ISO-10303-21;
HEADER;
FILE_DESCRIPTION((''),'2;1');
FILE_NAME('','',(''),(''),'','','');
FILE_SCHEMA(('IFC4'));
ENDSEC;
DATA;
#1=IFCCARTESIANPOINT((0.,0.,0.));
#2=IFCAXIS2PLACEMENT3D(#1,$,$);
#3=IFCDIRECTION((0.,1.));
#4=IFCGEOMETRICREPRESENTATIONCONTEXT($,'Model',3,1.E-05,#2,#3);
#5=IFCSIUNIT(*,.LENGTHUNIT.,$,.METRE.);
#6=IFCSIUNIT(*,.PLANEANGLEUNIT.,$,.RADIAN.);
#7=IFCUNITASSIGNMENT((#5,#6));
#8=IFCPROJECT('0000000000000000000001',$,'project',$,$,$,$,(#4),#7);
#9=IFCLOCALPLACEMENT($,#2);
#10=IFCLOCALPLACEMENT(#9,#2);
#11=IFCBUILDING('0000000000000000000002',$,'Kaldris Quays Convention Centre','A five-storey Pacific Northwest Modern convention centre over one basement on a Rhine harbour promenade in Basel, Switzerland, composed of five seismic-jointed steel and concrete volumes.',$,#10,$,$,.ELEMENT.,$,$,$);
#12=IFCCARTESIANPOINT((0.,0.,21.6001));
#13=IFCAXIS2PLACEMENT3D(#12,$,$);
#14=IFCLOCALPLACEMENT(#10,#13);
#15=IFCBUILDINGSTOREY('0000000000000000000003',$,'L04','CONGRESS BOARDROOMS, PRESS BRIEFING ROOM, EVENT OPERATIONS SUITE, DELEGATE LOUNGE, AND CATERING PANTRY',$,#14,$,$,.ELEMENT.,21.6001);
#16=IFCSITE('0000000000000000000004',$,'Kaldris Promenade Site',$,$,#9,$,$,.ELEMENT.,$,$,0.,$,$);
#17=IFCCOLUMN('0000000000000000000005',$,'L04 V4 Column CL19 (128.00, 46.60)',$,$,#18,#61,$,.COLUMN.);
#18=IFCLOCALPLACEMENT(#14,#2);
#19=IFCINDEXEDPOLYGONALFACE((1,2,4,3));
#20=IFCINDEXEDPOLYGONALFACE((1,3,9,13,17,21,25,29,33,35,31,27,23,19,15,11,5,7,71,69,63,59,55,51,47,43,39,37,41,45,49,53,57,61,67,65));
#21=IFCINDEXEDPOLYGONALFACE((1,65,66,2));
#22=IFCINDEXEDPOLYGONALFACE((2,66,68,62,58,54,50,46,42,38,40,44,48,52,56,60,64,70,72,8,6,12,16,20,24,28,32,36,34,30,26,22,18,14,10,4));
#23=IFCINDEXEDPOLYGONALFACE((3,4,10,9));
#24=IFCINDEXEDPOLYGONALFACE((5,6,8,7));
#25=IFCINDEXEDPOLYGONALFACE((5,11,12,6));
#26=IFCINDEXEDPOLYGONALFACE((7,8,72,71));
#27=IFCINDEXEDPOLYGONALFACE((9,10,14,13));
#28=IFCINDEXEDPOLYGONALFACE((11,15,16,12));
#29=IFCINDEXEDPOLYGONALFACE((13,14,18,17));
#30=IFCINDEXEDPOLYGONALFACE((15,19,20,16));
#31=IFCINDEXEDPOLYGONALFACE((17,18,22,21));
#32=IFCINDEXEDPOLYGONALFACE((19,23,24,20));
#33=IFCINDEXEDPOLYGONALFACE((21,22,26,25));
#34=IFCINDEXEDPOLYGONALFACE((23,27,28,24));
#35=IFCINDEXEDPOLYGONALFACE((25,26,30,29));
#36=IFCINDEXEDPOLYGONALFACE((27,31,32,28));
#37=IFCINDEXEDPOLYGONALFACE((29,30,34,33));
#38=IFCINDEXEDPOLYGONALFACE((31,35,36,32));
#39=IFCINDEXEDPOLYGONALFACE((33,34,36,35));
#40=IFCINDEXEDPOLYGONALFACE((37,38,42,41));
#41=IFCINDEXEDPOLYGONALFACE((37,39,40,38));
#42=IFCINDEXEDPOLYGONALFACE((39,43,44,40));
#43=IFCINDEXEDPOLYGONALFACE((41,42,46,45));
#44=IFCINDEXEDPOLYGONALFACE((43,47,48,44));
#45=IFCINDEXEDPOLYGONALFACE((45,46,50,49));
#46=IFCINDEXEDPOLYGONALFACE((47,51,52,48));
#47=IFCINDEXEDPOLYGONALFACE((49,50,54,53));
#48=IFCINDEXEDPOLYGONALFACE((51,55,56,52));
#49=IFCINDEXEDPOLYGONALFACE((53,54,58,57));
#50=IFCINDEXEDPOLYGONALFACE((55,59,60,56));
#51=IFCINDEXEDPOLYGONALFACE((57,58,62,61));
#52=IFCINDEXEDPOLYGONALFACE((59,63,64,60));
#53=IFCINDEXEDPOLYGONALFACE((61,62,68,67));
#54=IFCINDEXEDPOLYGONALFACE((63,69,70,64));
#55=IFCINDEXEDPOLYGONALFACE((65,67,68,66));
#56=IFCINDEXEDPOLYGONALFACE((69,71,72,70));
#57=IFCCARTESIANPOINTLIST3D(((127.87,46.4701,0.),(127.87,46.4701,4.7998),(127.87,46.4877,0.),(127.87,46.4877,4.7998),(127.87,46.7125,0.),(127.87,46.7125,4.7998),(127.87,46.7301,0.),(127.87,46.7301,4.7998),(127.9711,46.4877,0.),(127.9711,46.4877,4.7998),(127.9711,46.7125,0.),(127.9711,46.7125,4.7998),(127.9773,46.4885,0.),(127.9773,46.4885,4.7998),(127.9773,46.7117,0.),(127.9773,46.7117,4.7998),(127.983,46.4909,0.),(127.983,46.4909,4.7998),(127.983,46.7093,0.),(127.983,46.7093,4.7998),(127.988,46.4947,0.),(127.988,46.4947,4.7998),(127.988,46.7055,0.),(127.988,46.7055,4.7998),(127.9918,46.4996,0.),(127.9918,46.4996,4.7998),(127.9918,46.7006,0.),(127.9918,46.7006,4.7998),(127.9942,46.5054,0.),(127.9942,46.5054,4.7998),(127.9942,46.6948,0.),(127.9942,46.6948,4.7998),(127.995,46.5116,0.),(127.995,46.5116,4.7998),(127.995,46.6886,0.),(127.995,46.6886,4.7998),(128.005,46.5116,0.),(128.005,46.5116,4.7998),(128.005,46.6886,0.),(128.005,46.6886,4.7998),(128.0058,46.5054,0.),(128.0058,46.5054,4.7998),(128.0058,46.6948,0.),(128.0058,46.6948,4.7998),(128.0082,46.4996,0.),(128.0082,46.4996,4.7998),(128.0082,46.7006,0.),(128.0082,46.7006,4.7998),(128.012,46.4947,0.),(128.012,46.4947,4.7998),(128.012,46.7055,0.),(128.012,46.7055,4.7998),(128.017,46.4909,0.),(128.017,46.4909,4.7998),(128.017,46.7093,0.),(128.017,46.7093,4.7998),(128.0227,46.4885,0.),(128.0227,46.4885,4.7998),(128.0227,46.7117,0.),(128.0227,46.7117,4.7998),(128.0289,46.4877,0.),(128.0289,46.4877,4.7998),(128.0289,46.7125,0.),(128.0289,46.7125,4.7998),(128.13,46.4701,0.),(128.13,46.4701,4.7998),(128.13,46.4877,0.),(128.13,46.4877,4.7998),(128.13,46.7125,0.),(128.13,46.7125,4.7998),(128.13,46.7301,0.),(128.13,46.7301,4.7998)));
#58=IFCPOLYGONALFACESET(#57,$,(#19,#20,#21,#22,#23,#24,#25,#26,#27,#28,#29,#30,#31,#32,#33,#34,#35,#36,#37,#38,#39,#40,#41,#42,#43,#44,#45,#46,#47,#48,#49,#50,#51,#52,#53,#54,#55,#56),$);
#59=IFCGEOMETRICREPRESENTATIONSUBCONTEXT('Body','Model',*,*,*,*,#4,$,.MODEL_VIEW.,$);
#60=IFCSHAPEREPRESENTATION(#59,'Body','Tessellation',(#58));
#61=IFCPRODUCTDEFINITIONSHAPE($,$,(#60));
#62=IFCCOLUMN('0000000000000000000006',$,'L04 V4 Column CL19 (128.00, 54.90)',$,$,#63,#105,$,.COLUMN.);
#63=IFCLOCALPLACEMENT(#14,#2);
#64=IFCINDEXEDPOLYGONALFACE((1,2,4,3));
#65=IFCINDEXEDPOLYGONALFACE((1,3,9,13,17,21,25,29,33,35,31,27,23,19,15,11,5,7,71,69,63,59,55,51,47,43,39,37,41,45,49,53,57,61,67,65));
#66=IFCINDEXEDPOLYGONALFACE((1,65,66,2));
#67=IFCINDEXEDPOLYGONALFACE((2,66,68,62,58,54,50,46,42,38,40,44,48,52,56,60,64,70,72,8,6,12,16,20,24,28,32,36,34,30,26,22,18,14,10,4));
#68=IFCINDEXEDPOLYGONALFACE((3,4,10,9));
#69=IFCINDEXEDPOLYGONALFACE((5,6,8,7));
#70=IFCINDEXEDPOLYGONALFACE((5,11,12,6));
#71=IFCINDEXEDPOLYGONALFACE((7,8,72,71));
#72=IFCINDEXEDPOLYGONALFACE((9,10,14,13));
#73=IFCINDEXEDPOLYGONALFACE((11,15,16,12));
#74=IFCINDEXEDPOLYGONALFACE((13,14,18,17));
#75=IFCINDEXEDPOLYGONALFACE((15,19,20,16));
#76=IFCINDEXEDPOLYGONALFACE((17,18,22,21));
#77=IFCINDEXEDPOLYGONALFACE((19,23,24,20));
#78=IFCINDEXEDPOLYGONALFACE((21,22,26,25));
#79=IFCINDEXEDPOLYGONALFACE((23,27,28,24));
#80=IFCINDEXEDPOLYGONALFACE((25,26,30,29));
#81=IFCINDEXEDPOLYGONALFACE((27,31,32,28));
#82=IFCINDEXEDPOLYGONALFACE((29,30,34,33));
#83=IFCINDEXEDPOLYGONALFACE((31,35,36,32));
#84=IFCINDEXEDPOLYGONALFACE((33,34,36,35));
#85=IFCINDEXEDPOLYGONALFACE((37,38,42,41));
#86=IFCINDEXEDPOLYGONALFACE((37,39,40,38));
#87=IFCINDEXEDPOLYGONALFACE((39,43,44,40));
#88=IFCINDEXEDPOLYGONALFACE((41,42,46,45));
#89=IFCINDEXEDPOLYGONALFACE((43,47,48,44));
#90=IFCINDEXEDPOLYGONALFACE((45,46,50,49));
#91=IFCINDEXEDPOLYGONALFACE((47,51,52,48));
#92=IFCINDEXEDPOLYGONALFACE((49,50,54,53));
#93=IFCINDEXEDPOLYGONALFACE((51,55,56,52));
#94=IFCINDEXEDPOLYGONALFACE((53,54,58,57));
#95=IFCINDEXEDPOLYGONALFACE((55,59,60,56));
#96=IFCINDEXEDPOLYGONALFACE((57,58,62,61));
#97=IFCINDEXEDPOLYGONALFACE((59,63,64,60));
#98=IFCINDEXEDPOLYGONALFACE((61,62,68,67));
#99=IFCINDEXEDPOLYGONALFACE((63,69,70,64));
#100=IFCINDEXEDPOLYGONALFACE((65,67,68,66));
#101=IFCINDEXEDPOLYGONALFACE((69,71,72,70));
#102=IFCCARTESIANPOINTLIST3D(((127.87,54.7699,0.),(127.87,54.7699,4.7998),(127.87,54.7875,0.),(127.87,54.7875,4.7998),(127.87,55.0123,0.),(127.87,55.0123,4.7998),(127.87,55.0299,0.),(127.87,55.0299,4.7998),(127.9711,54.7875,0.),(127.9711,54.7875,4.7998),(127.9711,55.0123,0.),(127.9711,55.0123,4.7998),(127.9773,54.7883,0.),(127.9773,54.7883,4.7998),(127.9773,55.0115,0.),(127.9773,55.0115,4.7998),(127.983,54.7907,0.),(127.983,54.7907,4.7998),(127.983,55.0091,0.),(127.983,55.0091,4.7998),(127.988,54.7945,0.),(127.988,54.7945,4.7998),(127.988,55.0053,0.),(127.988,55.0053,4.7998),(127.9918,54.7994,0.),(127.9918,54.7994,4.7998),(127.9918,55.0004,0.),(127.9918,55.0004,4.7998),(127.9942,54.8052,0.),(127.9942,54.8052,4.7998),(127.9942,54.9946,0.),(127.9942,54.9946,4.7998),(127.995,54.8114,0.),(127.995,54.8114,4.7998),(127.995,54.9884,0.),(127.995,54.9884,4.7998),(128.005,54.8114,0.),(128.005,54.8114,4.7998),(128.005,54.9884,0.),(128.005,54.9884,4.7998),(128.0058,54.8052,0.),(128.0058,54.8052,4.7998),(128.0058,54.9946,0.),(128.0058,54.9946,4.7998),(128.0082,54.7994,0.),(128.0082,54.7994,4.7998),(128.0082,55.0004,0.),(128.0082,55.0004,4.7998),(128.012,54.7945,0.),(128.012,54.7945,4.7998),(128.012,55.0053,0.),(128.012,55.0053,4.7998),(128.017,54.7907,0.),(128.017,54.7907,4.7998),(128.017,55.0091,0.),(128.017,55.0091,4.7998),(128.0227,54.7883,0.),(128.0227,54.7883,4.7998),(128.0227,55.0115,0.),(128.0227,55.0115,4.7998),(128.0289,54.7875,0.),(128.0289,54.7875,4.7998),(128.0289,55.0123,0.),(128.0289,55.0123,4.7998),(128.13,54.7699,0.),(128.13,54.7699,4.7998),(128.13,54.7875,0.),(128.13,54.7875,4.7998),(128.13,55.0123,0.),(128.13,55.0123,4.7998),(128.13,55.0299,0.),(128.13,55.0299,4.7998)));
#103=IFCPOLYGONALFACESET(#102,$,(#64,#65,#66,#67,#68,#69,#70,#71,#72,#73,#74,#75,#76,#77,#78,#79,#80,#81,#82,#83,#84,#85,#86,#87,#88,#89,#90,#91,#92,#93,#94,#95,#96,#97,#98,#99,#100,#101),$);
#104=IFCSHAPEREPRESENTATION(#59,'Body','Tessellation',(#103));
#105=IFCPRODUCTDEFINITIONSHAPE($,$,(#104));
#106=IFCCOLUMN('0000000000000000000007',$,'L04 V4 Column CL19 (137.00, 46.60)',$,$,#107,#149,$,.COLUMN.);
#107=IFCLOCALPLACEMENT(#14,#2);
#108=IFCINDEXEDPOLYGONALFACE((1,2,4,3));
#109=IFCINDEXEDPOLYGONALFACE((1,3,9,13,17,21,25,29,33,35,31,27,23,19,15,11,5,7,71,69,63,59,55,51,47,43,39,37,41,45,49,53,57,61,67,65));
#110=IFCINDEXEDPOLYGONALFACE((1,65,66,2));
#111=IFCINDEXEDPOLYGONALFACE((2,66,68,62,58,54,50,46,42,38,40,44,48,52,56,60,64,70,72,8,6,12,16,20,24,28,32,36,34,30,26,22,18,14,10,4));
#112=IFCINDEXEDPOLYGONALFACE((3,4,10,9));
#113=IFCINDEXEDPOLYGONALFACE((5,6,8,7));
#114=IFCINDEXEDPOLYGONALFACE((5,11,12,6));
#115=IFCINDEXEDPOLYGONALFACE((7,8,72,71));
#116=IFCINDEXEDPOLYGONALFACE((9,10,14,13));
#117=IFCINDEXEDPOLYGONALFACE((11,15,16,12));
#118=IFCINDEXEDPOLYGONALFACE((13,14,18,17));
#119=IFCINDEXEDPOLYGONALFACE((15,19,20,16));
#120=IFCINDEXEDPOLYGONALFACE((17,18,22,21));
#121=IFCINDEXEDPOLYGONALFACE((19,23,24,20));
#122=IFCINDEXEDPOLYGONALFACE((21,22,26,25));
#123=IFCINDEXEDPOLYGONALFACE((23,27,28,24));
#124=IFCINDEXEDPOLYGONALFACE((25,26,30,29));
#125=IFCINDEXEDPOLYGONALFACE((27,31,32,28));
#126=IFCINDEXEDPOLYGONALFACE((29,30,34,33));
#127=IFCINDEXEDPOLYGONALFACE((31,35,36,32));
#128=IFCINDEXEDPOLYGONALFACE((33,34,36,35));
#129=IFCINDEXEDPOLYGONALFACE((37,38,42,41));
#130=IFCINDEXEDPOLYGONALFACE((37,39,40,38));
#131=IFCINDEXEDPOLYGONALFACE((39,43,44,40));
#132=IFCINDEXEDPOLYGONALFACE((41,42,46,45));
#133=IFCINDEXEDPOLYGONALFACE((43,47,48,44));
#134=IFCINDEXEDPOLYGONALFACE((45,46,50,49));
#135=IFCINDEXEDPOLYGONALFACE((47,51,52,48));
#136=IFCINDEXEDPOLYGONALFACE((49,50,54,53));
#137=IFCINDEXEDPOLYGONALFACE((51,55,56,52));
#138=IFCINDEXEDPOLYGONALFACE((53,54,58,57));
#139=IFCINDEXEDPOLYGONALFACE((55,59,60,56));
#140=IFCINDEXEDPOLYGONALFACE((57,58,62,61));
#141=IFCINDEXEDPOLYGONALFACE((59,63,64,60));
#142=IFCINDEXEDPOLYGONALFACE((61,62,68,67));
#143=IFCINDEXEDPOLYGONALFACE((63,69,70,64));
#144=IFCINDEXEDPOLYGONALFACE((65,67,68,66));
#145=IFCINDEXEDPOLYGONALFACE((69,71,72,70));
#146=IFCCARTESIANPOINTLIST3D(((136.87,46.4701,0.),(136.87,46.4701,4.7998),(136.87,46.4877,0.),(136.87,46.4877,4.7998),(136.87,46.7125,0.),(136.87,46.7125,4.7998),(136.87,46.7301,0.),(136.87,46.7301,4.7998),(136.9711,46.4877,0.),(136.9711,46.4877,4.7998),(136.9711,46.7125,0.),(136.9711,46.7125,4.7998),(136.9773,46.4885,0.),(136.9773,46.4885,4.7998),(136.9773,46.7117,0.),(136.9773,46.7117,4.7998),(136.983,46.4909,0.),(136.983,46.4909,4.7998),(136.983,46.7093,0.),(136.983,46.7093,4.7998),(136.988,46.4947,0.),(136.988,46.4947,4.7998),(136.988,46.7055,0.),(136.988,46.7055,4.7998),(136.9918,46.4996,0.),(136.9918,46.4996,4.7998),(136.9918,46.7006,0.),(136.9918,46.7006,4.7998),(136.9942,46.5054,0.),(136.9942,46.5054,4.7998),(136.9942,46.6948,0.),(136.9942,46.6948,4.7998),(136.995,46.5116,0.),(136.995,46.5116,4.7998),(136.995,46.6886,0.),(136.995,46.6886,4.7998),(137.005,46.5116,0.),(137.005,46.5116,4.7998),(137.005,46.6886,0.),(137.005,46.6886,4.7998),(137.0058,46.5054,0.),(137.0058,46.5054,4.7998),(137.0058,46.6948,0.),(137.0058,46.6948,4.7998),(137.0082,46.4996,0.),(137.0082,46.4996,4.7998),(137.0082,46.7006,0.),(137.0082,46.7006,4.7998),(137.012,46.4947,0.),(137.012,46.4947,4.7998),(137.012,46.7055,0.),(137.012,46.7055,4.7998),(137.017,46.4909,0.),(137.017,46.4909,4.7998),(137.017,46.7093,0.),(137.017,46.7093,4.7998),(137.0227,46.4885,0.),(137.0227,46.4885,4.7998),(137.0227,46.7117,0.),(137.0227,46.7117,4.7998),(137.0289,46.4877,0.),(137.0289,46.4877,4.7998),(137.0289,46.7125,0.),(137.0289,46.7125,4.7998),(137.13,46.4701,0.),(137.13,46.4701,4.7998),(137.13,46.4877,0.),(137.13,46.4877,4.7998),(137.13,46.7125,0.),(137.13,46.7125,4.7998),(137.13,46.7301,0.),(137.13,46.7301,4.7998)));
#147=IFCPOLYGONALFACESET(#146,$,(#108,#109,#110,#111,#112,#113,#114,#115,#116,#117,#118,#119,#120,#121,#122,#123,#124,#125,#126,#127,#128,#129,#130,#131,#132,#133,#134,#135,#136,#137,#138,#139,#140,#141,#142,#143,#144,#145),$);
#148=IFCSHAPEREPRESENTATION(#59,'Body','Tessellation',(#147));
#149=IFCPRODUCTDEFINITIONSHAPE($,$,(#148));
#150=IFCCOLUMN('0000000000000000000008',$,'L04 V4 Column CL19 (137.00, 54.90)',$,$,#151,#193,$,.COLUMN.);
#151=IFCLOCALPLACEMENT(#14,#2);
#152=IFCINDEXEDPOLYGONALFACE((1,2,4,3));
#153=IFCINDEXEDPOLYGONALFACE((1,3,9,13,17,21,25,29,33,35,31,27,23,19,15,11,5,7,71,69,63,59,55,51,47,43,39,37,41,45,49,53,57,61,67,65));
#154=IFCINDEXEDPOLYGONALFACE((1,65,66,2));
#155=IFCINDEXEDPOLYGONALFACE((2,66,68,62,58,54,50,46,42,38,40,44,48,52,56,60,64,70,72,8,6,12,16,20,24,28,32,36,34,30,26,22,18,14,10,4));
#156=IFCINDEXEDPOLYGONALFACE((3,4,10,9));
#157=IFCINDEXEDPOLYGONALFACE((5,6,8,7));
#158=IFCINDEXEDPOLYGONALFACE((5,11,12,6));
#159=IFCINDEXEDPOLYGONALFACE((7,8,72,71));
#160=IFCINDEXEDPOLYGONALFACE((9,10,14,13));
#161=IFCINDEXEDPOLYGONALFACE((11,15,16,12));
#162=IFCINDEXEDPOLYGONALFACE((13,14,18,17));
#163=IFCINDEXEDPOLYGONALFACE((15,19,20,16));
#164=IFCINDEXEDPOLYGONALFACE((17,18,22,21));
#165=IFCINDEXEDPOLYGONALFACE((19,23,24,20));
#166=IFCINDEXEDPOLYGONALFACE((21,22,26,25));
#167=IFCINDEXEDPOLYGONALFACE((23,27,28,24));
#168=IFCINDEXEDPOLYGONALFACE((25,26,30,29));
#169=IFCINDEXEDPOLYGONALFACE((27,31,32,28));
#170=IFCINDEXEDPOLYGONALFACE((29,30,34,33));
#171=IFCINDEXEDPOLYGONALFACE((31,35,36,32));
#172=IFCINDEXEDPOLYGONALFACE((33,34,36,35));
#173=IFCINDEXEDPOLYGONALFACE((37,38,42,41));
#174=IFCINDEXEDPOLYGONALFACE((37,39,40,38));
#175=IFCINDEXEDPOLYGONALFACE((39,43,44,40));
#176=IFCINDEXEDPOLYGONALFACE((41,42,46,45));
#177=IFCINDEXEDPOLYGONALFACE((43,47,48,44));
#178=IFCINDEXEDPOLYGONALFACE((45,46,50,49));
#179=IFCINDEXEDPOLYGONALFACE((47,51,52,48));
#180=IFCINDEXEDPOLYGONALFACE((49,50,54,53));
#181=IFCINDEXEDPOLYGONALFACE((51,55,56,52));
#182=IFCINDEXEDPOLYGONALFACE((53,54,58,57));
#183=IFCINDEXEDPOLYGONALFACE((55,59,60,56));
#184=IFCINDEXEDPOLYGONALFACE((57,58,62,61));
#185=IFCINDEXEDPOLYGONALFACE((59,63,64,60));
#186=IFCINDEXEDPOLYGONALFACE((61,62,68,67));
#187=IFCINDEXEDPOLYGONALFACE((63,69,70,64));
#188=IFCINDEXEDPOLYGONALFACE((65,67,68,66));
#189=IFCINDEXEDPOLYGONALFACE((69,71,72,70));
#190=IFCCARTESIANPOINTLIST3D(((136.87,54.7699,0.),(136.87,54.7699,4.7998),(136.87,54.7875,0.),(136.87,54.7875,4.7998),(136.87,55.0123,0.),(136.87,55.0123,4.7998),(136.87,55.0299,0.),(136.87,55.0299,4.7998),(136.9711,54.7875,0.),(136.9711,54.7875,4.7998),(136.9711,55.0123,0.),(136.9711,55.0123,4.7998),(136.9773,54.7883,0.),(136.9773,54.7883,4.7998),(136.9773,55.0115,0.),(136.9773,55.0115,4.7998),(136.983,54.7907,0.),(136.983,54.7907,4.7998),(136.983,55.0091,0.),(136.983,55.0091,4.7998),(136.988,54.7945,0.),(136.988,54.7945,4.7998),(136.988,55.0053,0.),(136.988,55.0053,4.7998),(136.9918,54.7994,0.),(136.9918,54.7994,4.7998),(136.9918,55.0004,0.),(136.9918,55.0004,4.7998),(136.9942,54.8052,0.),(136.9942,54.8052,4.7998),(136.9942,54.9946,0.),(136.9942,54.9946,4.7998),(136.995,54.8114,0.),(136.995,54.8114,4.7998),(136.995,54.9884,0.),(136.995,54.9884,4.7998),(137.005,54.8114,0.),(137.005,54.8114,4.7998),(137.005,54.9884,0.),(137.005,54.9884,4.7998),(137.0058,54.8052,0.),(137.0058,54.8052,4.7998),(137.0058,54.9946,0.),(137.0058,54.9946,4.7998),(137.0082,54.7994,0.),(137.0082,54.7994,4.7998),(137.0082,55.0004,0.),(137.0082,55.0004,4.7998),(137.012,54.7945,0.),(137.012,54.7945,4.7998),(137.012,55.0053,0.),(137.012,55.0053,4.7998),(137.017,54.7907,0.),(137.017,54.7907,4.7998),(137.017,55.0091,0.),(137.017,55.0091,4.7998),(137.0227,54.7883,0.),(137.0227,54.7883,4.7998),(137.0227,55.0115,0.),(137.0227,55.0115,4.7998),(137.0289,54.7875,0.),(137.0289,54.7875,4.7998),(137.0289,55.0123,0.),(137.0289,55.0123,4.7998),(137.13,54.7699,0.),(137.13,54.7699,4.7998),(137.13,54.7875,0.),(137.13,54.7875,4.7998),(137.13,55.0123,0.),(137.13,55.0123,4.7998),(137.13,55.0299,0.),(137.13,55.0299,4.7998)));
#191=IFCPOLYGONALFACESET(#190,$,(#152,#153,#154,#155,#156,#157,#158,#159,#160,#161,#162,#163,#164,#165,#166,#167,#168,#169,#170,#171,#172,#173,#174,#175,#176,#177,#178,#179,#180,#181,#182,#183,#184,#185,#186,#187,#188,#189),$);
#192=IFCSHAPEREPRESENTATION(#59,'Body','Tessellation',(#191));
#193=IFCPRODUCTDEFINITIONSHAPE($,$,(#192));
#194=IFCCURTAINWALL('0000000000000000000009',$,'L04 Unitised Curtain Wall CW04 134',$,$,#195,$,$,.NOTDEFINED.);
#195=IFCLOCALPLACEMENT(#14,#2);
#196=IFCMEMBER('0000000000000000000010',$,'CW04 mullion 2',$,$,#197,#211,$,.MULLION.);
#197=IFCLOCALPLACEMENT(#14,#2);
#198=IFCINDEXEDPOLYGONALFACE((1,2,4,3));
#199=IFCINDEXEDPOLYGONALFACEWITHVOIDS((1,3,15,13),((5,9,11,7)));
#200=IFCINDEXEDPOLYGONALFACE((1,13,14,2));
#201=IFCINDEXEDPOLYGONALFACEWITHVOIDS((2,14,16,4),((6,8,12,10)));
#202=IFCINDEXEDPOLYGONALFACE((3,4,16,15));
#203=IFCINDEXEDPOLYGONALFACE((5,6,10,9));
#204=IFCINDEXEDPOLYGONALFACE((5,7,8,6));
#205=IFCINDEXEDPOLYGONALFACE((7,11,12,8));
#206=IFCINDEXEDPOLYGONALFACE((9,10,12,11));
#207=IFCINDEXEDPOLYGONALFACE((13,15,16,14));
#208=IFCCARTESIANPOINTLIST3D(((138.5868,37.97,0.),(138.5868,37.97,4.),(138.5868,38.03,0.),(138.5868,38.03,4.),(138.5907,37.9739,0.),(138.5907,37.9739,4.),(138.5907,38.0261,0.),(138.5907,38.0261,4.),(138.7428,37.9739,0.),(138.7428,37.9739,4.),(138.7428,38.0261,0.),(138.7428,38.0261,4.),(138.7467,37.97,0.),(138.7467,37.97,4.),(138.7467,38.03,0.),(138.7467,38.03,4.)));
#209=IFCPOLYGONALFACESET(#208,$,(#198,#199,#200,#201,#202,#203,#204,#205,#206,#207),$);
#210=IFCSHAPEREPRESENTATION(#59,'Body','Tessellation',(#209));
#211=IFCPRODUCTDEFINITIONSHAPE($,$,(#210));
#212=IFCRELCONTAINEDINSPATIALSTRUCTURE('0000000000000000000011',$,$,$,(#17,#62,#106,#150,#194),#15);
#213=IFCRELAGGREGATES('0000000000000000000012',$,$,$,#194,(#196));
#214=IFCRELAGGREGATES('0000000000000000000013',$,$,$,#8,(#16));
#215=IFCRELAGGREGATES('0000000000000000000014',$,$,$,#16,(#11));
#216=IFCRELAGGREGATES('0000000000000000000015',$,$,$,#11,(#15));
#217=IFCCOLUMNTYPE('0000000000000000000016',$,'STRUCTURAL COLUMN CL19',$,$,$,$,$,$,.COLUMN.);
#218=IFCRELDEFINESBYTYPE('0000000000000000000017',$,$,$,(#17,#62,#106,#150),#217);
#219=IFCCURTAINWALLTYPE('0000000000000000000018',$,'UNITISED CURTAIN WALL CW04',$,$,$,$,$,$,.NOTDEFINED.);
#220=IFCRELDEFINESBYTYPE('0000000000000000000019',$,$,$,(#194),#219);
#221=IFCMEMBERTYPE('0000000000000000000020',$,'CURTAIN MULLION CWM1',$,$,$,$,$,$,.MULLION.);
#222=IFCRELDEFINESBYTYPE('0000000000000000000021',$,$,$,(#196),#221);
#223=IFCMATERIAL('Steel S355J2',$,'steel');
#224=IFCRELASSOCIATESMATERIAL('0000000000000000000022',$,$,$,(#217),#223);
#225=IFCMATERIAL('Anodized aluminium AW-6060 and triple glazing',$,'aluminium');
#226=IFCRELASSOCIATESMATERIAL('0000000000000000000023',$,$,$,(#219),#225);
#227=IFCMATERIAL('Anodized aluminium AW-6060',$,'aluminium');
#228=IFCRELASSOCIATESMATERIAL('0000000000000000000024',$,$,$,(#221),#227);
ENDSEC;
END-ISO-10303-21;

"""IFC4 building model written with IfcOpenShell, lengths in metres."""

from ifc_helpers import new_model, si_unit, direction, frame, origin, origin_2d, place, context, subcontext, project, spatial, hollow_rectangle, i_section, extrude, material, material_profile, profile_set, type_object, element, aggregate, save


model = new_model("IFC4")

# Units and contexts
model_context = context("Model", 3, precision=1e-05, world=origin(), true_north=direction((0.0, 1.0)))
body_context = subcontext(model_context, "Body", "Model", "MODEL_VIEW")
ifc_project = project(units=[si_unit("LENGTHUNIT", "METRE"), si_unit("PLANEANGLEUNIT", "RADIAN")], contexts=[model_context])

# Site, building, storey
site_placement = place(None, origin())
site = spatial("IfcSite", under=ifc_project, at=site_placement, Name="Kaldris Promenade Site", CompositionType="ELEMENT", RefElevation=0.0)
building_placement = place(site_placement, origin())
building = spatial("IfcBuilding", under=site, at=building_placement, Name="Kaldris Quays Convention Centre", Description="A five-storey Pacific Northwest Modern convention centre over one basement on a Rhine harbour promenade in Basel, Switzerland, composed of five seismic-jointed steel and concrete volumes.", CompositionType="ELEMENT")
storey_placement = place(building_placement, frame((0.0, 0.0, 21.6001)))
storey = spatial("IfcBuildingStorey", under=building, at=storey_placement, Name="L04", Description="CONGRESS BOARDROOMS, PRESS BRIEFING ROOM, EVENT OPERATIONS SUITE, DELEGATE LOUNGE, AND CATERING PANTRY", CompositionType="ELEMENT", Elevation=21.6001)

# Columns
ifc_material_1 = material(Name="Steel S355J2", Category="steel")
ifc_material_profile_1 = material_profile(ifc_material_1, i_section(OverallWidth=0.26, OverallDepth=0.26, WebThickness=0.01, FlangeThickness=0.0176, FilletRadius=0.0239, at=origin_2d()), Name="HEB 260")
ifc_profile_set_1 = profile_set([ifc_material_profile_1], Name="Steel S355J2")
column_type = type_object("IfcColumnType", Name="STRUCTURAL COLUMN CL19", PredefinedType="COLUMN", material=ifc_profile_set_1)
for number, where, z_axis, x_axis, name in (
    (1, (128.0, 46.6001, 0.0), (0.0, 0.0, 1.0), (1.0, 0.0, 0.0), "L04 V4 Column CL19 (128.00, 46.60)"),
    (2, (128.0, 54.8999, 0.0), (0.0, 0.0, 1.0), (1.0, 0.0, 0.0), "L04 V4 Column CL19 (128.00, 54.90)"),
    (3, (137.0, 46.6001, 0.0), (0.0, 0.0, 1.0), (1.0, 0.0, 0.0), "L04 V4 Column CL19 (137.00, 46.60)"),
    (4, (137.0, 54.8999, 0.0), (0.0, 0.0, 1.0), (1.0, 0.0, 0.0), "L04 V4 Column CL19 (137.00, 54.90)"),
):
    element("IfcColumn", number, at=place(storey_placement, frame(where, z_axis=z_axis, x_axis=x_axis)), inside=storey, type_object=column_type, Name=name, PredefinedType="COLUMN", context=body_context, shape_type="SweptSolid", body=[
        extrude(i_section(OverallWidth=0.26, OverallDepth=0.26, WebThickness=0.01, FlangeThickness=0.0176, FilletRadius=0.0239, at=origin_2d()), origin(), (0.0, 0.0, 1.0), 4.7998),
    ])

# Curtain wall, member
ifc_material_2 = material(Name="Anodized aluminium AW-6060 and triple glazing", Category="aluminium")
curtain_wall_type = type_object("IfcCurtainWallType", Name="UNITISED CURTAIN WALL CW04", PredefinedType="NOTDEFINED", material=ifc_material_2)
curtain_wall_placement = place(storey_placement, origin())
curtain_wall = element("IfcCurtainWall", 5, at=curtain_wall_placement, inside=storey, type_object=curtain_wall_type, Name="L04 Unitised Curtain Wall CW04 134", PredefinedType="NOTDEFINED")
ifc_material_3 = material(Name="Anodized aluminium AW-6060", Category="aluminium")
ifc_material_profile_2 = material_profile(ifc_material_3, hollow_rectangle(XDim=0.0601, YDim=0.1599, WallThickness=0.0039, at=origin_2d()), Name="RHS 160x60x4")
ifc_profile_set_2 = profile_set([ifc_material_profile_2], Name="Anodized aluminium AW-6060")
member_type_1 = type_object("IfcMemberType", Name="CURTAIN MULLION CWM1", PredefinedType="MULLION", material=ifc_profile_set_2)
member_1_placement = place(storey_placement, frame((138.6667, 38.0, 0.0), z_axis=(0.0, 0.0, 1.0), x_axis=(0.0, 1.0, 0.0)))
member_1 = element("IfcMember", 6, at=member_1_placement, type_object=member_type_1, Name="CW04 mullion 2", PredefinedType="MULLION", context=body_context, shape_type="SweptSolid", body=[
    extrude(hollow_rectangle(XDim=0.0601, YDim=0.1599, WallThickness=0.0039, at=origin_2d()), origin(), (0.0, 0.0, 1.0), 4.0),
])

aggregate(curtain_wall, [member_1])

save(model, "model.ifc")
